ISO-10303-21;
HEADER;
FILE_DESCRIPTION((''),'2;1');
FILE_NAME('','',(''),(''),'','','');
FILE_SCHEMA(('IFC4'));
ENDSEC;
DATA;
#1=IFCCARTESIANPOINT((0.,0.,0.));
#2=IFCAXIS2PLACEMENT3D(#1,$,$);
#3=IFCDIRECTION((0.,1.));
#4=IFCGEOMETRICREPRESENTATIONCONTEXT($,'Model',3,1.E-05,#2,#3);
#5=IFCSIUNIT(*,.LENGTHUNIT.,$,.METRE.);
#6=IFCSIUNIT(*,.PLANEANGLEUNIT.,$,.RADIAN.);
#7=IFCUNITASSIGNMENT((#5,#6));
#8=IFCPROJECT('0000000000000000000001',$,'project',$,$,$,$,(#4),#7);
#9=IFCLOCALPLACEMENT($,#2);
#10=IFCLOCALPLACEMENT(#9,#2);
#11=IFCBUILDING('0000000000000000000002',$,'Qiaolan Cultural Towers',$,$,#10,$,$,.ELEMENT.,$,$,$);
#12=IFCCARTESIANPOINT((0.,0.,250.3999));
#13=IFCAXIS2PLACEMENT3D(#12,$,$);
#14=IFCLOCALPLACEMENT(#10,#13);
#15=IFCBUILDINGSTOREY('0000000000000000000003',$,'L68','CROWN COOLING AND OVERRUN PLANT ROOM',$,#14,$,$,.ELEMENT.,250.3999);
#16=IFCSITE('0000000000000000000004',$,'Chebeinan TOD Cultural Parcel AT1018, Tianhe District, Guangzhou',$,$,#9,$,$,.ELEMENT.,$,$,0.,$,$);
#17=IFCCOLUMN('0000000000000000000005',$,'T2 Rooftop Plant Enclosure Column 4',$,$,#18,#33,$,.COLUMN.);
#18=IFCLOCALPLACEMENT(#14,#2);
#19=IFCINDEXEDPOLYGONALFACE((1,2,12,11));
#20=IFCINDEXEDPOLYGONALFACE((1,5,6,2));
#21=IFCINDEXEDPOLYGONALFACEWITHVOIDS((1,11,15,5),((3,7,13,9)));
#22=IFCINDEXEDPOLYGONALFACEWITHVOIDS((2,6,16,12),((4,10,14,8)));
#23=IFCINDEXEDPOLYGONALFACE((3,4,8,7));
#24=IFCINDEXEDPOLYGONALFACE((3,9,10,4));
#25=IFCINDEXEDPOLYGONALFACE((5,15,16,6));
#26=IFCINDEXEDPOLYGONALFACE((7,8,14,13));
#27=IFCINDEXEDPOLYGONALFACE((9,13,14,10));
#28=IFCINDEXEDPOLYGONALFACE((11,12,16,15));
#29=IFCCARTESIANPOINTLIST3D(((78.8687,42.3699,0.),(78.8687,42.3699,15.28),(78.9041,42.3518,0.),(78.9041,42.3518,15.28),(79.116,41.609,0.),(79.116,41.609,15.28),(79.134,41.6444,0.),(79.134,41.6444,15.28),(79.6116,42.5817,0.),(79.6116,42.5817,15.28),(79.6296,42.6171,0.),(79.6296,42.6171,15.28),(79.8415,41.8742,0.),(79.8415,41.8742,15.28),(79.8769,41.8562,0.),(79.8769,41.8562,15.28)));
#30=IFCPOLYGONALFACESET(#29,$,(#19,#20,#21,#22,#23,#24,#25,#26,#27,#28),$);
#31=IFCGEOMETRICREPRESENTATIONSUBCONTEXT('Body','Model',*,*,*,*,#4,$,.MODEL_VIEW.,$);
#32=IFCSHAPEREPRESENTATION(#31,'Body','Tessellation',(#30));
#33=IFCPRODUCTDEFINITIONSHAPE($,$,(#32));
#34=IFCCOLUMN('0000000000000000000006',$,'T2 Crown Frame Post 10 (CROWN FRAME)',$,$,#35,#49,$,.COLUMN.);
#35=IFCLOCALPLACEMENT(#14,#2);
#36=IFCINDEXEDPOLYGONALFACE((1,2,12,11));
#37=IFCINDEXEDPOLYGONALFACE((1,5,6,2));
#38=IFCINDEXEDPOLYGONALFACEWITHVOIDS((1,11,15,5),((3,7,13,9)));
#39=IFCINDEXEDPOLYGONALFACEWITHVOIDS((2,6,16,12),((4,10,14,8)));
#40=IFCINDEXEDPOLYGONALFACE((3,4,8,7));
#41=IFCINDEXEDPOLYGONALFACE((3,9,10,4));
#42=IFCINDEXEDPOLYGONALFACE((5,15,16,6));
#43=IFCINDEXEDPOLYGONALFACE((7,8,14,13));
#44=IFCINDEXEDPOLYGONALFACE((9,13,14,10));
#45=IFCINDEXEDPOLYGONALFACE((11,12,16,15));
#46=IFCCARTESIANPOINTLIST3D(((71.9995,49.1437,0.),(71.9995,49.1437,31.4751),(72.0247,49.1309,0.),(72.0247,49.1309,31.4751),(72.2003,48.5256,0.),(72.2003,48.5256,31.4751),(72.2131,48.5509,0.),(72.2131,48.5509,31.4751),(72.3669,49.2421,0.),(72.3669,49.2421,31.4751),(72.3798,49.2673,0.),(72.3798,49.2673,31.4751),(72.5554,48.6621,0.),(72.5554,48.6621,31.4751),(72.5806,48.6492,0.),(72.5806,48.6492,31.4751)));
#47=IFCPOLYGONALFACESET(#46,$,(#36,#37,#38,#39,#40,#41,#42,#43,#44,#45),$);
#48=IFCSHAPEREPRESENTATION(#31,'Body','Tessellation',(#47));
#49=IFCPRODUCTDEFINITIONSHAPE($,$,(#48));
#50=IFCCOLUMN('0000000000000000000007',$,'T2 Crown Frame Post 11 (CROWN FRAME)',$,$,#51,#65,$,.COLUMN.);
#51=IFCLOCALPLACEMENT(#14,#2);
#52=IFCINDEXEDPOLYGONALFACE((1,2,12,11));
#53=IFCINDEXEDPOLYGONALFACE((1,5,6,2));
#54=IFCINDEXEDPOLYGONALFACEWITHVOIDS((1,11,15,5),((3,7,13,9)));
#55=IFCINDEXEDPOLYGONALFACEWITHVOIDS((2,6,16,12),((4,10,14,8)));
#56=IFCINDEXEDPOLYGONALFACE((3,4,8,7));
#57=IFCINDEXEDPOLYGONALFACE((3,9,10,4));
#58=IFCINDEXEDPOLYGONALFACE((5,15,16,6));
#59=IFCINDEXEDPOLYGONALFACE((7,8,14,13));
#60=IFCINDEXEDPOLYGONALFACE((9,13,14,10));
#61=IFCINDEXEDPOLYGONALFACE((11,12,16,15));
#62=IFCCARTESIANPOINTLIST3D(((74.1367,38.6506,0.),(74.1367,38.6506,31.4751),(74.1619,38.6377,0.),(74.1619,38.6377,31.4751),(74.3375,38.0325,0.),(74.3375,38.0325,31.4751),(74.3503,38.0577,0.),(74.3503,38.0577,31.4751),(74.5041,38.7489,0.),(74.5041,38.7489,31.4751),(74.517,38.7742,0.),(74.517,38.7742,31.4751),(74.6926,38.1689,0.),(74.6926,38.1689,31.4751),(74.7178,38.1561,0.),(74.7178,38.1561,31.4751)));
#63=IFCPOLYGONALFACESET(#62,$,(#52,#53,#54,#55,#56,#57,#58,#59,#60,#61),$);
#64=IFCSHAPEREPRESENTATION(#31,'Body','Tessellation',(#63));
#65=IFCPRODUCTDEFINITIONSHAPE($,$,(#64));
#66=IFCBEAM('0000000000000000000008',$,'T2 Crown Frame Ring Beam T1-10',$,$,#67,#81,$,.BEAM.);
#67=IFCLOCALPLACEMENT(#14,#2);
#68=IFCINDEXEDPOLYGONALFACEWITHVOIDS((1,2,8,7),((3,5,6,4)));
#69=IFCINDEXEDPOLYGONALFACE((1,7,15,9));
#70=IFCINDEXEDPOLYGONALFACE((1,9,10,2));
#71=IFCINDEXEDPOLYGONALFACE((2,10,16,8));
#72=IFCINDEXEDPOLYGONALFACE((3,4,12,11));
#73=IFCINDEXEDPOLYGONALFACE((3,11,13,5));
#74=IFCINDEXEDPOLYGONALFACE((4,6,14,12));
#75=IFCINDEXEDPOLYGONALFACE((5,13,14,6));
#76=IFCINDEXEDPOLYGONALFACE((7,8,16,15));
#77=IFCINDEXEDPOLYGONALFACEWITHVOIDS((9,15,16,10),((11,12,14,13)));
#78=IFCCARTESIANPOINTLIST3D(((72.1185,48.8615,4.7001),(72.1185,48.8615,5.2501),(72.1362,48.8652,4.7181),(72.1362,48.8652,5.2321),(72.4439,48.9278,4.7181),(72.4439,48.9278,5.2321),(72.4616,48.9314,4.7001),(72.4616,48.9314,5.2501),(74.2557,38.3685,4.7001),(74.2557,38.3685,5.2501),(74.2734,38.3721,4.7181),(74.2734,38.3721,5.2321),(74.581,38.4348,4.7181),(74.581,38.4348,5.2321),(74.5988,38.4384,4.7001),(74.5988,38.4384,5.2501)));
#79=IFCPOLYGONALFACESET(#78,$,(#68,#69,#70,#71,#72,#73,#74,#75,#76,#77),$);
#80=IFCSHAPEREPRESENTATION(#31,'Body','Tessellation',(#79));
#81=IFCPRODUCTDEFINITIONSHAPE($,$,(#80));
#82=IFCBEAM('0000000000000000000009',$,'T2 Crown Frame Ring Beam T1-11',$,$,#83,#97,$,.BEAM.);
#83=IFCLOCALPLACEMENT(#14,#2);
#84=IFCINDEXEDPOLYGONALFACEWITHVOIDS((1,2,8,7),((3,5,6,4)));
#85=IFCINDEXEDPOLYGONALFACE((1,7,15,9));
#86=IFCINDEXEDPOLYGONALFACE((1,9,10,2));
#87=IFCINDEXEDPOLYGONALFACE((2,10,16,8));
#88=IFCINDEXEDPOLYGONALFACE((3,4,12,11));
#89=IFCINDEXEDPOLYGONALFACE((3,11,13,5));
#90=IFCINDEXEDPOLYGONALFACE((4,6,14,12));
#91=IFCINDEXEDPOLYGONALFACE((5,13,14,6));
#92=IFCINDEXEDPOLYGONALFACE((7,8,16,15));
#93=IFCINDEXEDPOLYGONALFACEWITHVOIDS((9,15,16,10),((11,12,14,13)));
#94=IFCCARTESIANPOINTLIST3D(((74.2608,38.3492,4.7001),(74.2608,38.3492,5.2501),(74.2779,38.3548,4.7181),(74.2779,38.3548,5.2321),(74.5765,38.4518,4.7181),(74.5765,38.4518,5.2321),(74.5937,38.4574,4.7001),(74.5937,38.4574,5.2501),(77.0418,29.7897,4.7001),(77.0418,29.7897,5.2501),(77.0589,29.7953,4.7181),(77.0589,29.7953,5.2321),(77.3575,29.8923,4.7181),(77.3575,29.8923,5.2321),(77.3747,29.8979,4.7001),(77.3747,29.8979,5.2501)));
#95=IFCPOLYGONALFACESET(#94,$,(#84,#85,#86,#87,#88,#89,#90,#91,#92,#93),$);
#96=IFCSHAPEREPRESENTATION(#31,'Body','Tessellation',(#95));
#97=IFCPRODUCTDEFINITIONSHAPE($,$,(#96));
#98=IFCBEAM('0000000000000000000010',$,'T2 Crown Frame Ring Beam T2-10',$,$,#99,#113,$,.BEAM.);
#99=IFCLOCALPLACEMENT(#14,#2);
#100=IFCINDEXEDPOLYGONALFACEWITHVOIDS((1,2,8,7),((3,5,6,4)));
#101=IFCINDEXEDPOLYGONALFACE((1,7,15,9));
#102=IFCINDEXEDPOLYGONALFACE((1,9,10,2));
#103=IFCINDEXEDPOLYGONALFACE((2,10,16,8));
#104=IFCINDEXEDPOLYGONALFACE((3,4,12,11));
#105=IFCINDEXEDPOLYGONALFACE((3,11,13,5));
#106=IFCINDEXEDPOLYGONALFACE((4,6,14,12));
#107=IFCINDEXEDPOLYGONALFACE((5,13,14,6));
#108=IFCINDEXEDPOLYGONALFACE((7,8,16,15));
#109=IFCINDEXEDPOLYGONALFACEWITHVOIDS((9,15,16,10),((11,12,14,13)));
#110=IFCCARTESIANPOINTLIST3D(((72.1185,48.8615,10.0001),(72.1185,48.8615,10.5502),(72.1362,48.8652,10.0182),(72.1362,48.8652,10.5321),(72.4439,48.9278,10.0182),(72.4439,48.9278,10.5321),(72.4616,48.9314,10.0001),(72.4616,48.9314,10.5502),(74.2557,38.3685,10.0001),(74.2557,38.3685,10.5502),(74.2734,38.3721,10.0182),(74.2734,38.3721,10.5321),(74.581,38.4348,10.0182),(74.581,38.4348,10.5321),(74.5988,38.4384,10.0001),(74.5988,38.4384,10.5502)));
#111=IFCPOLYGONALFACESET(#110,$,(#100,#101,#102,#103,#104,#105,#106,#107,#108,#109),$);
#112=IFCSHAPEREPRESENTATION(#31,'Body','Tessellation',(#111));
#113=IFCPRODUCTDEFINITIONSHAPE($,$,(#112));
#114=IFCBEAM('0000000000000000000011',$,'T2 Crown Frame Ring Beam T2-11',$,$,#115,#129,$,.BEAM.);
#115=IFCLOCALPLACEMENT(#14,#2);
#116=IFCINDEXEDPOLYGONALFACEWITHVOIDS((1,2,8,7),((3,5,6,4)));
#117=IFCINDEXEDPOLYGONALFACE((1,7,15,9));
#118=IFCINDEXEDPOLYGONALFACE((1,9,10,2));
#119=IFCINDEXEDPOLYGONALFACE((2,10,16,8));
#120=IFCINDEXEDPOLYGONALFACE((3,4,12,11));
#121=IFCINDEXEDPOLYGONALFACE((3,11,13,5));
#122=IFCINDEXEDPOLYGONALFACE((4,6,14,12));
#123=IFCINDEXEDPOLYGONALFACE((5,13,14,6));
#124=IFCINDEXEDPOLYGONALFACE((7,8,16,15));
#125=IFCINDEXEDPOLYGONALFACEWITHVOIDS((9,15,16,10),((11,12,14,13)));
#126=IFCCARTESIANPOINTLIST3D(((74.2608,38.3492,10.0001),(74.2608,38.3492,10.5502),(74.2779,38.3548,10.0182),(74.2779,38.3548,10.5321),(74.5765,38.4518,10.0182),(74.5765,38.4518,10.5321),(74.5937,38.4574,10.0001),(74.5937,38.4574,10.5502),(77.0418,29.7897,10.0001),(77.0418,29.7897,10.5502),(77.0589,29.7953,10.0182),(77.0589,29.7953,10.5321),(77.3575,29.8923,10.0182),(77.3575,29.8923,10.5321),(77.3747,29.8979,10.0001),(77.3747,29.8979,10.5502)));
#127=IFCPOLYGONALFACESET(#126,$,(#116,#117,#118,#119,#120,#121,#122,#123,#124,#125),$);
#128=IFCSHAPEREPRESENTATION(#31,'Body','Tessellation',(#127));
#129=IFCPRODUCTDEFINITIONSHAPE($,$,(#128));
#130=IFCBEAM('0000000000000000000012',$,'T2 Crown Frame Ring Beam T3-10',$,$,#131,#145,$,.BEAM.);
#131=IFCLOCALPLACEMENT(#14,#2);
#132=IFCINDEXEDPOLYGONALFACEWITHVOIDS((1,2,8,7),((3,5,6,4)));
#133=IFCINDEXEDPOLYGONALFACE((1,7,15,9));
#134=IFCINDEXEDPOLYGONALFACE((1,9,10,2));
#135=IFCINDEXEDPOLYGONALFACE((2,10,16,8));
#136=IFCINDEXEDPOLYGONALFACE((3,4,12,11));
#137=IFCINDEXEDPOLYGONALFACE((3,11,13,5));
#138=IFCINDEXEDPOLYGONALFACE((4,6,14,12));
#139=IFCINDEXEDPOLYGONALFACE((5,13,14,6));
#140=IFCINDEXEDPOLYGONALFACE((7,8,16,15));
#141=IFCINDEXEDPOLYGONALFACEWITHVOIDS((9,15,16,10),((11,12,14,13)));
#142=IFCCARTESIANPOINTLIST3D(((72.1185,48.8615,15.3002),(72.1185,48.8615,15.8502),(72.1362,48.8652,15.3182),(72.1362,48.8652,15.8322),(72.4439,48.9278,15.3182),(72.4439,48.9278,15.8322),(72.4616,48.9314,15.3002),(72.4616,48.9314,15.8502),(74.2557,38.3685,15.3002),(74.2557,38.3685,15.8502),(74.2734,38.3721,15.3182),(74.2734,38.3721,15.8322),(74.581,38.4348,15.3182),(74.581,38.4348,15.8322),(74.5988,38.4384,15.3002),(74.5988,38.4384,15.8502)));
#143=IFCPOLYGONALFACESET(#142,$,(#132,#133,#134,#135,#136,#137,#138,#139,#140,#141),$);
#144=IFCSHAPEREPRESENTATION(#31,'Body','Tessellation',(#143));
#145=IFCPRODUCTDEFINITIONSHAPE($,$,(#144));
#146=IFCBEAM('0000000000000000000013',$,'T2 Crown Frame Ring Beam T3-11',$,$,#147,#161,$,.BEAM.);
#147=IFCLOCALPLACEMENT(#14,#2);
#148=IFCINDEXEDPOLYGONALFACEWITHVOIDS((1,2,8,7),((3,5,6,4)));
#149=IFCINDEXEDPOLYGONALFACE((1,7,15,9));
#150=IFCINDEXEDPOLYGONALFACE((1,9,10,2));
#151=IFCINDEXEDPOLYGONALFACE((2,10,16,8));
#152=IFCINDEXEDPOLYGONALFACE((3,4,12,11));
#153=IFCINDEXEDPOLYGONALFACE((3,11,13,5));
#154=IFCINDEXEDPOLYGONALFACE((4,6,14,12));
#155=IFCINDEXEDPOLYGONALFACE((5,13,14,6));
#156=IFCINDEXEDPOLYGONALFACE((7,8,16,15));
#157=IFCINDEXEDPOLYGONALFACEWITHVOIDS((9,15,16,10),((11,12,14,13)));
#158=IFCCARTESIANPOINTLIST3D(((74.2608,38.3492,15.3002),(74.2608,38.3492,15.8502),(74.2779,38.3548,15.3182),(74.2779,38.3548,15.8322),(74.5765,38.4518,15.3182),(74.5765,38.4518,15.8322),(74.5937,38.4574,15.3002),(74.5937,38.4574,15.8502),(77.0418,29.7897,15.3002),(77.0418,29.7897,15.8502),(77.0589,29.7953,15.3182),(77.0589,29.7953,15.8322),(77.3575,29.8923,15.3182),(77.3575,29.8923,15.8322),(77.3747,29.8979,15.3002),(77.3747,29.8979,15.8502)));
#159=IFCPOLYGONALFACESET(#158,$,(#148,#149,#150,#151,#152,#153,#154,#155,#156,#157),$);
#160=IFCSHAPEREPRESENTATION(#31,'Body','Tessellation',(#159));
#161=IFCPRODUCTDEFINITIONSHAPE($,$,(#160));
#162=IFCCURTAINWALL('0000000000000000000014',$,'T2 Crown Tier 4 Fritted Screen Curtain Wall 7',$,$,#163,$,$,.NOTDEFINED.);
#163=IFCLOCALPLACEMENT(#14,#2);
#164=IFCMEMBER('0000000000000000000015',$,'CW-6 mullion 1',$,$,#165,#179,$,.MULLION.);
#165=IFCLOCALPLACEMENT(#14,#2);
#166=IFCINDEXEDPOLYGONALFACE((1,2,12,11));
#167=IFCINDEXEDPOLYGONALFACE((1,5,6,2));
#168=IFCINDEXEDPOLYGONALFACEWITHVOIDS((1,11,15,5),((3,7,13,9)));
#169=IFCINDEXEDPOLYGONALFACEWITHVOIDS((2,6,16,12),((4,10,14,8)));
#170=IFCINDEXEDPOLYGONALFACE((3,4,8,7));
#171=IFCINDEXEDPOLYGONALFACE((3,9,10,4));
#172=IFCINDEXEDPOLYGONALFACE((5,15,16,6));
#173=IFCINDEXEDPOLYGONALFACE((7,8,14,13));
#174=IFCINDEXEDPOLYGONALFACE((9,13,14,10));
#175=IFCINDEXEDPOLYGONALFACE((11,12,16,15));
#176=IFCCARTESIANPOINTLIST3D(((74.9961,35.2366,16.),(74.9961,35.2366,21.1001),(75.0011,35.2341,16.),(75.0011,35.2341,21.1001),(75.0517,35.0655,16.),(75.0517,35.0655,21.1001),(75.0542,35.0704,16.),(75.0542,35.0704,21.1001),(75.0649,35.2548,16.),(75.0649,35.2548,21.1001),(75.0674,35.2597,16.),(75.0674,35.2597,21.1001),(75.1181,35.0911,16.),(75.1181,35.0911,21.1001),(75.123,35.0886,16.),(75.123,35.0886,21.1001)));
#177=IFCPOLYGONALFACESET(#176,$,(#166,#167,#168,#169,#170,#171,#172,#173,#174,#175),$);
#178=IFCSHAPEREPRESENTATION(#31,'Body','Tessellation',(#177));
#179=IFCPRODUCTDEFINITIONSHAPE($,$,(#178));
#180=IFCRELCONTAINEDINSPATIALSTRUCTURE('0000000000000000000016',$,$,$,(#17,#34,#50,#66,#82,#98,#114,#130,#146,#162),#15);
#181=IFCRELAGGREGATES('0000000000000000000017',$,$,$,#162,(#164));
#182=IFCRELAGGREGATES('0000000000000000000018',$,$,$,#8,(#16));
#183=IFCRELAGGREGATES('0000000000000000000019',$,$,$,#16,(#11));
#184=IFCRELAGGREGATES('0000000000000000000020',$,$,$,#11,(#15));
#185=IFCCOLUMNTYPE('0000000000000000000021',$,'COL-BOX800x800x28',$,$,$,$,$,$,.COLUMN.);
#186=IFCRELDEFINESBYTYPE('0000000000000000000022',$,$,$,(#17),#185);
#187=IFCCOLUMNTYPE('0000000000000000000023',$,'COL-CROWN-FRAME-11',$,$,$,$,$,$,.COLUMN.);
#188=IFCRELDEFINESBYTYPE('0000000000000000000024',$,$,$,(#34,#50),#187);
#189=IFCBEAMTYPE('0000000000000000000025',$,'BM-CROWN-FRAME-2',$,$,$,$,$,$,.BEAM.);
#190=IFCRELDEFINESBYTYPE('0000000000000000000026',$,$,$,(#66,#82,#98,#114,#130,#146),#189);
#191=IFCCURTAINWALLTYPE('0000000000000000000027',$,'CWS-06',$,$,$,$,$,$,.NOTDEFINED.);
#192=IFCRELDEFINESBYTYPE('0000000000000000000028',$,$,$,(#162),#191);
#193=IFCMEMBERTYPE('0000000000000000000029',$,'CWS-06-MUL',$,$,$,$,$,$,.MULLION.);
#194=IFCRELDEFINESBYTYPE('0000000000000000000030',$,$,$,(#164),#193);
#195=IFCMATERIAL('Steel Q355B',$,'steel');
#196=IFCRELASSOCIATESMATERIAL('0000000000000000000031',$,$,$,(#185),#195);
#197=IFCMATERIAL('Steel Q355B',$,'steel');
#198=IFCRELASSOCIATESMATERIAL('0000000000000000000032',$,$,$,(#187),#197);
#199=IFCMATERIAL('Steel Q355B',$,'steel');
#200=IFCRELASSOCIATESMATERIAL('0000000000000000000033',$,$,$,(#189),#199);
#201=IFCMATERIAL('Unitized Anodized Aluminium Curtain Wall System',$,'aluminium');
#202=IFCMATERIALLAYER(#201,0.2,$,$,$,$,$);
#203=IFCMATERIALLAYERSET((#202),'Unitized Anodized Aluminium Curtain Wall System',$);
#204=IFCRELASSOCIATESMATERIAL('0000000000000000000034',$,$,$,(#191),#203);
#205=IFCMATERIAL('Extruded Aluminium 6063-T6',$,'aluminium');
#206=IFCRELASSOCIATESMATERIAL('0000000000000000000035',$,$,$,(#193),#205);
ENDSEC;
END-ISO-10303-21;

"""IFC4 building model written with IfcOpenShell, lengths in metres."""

from ifc_helpers import new_model, si_unit, direction, frame, origin, origin_2d, place, context, subcontext, project, spatial, hollow_rectangle, extrude, material, layer, layer_set, material_profile, profile_set, type_object, element, aggregate, save


model = new_model("IFC4")

# Units and contexts
model_context = context("Model", 3, precision=1e-05, world=origin(), true_north=direction((0.0, 1.0)))
body_context = subcontext(model_context, "Body", "Model", "MODEL_VIEW")
ifc_project = project(units=[si_unit("LENGTHUNIT", "METRE"), si_unit("PLANEANGLEUNIT", "RADIAN")], contexts=[model_context])

# Site, building, storey
site_placement = place(None, origin())
site = spatial("IfcSite", under=ifc_project, at=site_placement, Name="Chebeinan TOD Cultural Parcel AT1018, Tianhe District, Guangzhou", CompositionType="ELEMENT", RefElevation=0.0)
building_placement = place(site_placement, origin())
building = spatial("IfcBuilding", under=site, at=building_placement, Name="Qiaolan Cultural Towers", CompositionType="ELEMENT")
storey_placement = place(building_placement, frame((0.0, 0.0, 250.3999)))
storey = spatial("IfcBuildingStorey", under=building, at=storey_placement, Name="L68", Description="CROWN COOLING AND OVERRUN PLANT ROOM", CompositionType="ELEMENT", Elevation=250.3999)

# Columns
ifc_material_1 = material(Name="Steel Q355B", Category="steel")
ifc_material_profile_1 = material_profile(ifc_material_1, hollow_rectangle(XDim=0.8, YDim=0.8, WallThickness=0.0281, at=origin_2d()), Name="BOX800x800x28")
ifc_profile_set_1 = profile_set([ifc_material_profile_1], Name="Steel Q355B")
column_type_1 = type_object("IfcColumnType", Name="COL-BOX800x800x28", PredefinedType="COLUMN", material=ifc_profile_set_1)
column_placement = place(storey_placement, frame((79.3728, 42.113, 0.0), z_axis=(0.0, 0.0, 1.0), x_axis=(0.951057, 0.309017, 0.0)))
element("IfcColumn", 1, at=column_placement, inside=storey, type_object=column_type_1, Name="T2 Rooftop Plant Enclosure Column 4", PredefinedType="COLUMN", context=body_context, shape_type="SweptSolid", body=[
    extrude(hollow_rectangle(XDim=0.8, YDim=0.8, WallThickness=0.0281, at=origin_2d()), origin(), (0.0, 0.0, 1.0), 15.28),
])
ifc_material_2 = material(Name="Steel Q355B", Category="steel")
ifc_material_profile_2 = material_profile(ifc_material_2, hollow_rectangle(XDim=0.3999, YDim=0.6499, WallThickness=0.02, at=origin_2d()), Name="BOX650x400x20")
ifc_profile_set_2 = profile_set([ifc_material_profile_2], Name="Steel Q355B")
column_type_2 = type_object("IfcColumnType", Name="COL-CROWN-FRAME-11", PredefinedType="COLUMN", material=ifc_profile_set_2)
for number, where, z_axis, x_axis, name in (
    (2, (72.29, 48.8965, 0.0), (0.0, 0.0, 1.0), (0.951057, 0.309017, 0.0), "T2 Crown Frame Post 10 (CROWN FRAME)"),
    (3, (74.4272, 38.4033, 0.0), (0.0, 0.0, 1.0), (0.951057, 0.309017, 0.0), "T2 Crown Frame Post 11 (CROWN FRAME)"),
):
    element("IfcColumn", number, at=place(storey_placement, frame(where, z_axis=z_axis, x_axis=x_axis)), inside=storey, type_object=column_type_2, Name=name, PredefinedType="COLUMN", context=body_context, shape_type="SweptSolid", body=[
        extrude(hollow_rectangle(XDim=0.3999, YDim=0.6499, WallThickness=0.02, at=origin_2d()), origin(), (0.0, 0.0, 1.0), 31.4751),
    ])

# Beams
ifc_material_3 = material(Name="Steel Q355B", Category="steel")
ifc_material_profile_3 = material_profile(ifc_material_3, hollow_rectangle(XDim=0.3501, YDim=0.55, WallThickness=0.0181, at=origin_2d()), Name="BOX550x350x18")
ifc_profile_set_3 = profile_set([ifc_material_profile_3], Name="Steel Q355B")
beam_type = type_object("IfcBeamType", Name="BM-CROWN-FRAME-2", PredefinedType="BEAM", material=ifc_profile_set_3)
beam_1_placement = place(storey_placement, frame((72.29, 48.8965, 4.9751), z_axis=(0.199579, -0.979882, 0.0), x_axis=(0.979882, 0.199579, 0.0)))
element("IfcBeam", 4, at=beam_1_placement, inside=storey, type_object=beam_type, Name="T2 Crown Frame Ring Beam T1-10", PredefinedType="BEAM", context=body_context, shape_type="SweptSolid", body=[
    extrude(hollow_rectangle(XDim=0.3501, YDim=0.55, WallThickness=0.0181, at=origin_2d()), origin(), (0.0, 0.0, 1.0), 10.7085),
])
beam_2_placement = place(storey_placement, frame((74.4272, 38.4033, 4.9751), z_axis=(0.309, -0.951062, 0.0), x_axis=(0.951062, 0.309, 0.0)))
element("IfcBeam", 5, at=beam_2_placement, inside=storey, type_object=beam_type, Name="T2 Crown Frame Ring Beam T1-11", PredefinedType="BEAM", context=body_context, shape_type="SweptSolid", body=[
    extrude(hollow_rectangle(XDim=0.3501, YDim=0.55, WallThickness=0.0181, at=origin_2d()), origin(), (0.0, 0.0, 1.0), 9.0),
])
beam_3_placement = place(storey_placement, frame((72.29, 48.8965, 10.2751), z_axis=(0.199579, -0.979882, 0.0), x_axis=(0.979882, 0.199579, 0.0)))
element("IfcBeam", 6, at=beam_3_placement, inside=storey, type_object=beam_type, Name="T2 Crown Frame Ring Beam T2-10", PredefinedType="BEAM", context=body_context, shape_type="SweptSolid", body=[
    extrude(hollow_rectangle(XDim=0.3501, YDim=0.55, WallThickness=0.0181, at=origin_2d()), origin(), (0.0, 0.0, 1.0), 10.7085),
])
beam_4_placement = place(storey_placement, frame((74.4272, 38.4033, 10.2751), z_axis=(0.309, -0.951062, 0.0), x_axis=(0.951062, 0.309, 0.0)))
element("IfcBeam", 7, at=beam_4_placement, inside=storey, type_object=beam_type, Name="T2 Crown Frame Ring Beam T2-11", PredefinedType="BEAM", context=body_context, shape_type="SweptSolid", body=[
    extrude(hollow_rectangle(XDim=0.3501, YDim=0.55, WallThickness=0.0181, at=origin_2d()), origin(), (0.0, 0.0, 1.0), 9.0),
])
beam_5_placement = place(storey_placement, frame((72.29, 48.8965, 15.5752), z_axis=(0.199579, -0.979882, 0.0), x_axis=(0.979882, 0.199579, 0.0)))
element("IfcBeam", 8, at=beam_5_placement, inside=storey, type_object=beam_type, Name="T2 Crown Frame Ring Beam T3-10", PredefinedType="BEAM", context=body_context, shape_type="SweptSolid", body=[
    extrude(hollow_rectangle(XDim=0.3501, YDim=0.55, WallThickness=0.0181, at=origin_2d()), origin(), (0.0, 0.0, 1.0), 10.7085),
])
beam_6_placement = place(storey_placement, frame((74.4272, 38.4033, 15.5752), z_axis=(0.309, -0.951062, 0.0), x_axis=(0.951062, 0.309, 0.0)))
element("IfcBeam", 9, at=beam_6_placement, inside=storey, type_object=beam_type, Name="T2 Crown Frame Ring Beam T3-11", PredefinedType="BEAM", context=body_context, shape_type="SweptSolid", body=[
    extrude(hollow_rectangle(XDim=0.3501, YDim=0.55, WallThickness=0.0181, at=origin_2d()), origin(), (0.0, 0.0, 1.0), 9.0),
])

# Curtain wall, member
ifc_material_4 = material(Name="Unitized Anodized Aluminium Curtain Wall System", Category="aluminium")
ifc_layer_1 = layer(ifc_material_4, 0.2)
ifc_layer_set_1 = layer_set([ifc_layer_1], Name="Unitized Anodized Aluminium Curtain Wall System")
curtain_wall_type = type_object("IfcCurtainWallType", Name="CWS-06", PredefinedType="NOTDEFINED", material=ifc_layer_set_1)
curtain_wall_placement = place(storey_placement, origin())
curtain_wall = element("IfcCurtainWall", 10, at=curtain_wall_placement, inside=storey, type_object=curtain_wall_type, Name="T2 Crown Tier 4 Fritted Screen Curtain Wall 7", PredefinedType="NOTDEFINED")
ifc_material_5 = material(Name="Extruded Aluminium 6063-T6", Category="aluminium")
ifc_material_profile_4 = material_profile(ifc_material_5, hollow_rectangle(XDim=0.075, YDim=0.1799, WallThickness=0.0039, at=origin_2d()), Name="CWM-180x75x4")
ifc_profile_set_4 = profile_set([ifc_material_profile_4], Name="Extruded Aluminium 6063-T6")
member_type = type_object("IfcMemberType", Name="CWS-06-MUL", PredefinedType="MULLION", material=ifc_profile_set_4)
member_placement = place(storey_placement, frame((75.0596, 35.1626, 16.0), z_axis=(0.0, 0.0, 1.0), x_axis=(0.951057, 0.309017, 0.0)))
member = element("IfcMember", 11, at=member_placement, type_object=member_type, Name="CW-6 mullion 1", PredefinedType="MULLION", context=body_context, shape_type="SweptSolid", body=[
    extrude(hollow_rectangle(XDim=0.075, YDim=0.1799, WallThickness=0.0039, at=origin_2d()), origin(), (0.0, 0.0, 1.0), 5.1001),
])
aggregate(curtain_wall, [member])

save(model, "model.ifc")
